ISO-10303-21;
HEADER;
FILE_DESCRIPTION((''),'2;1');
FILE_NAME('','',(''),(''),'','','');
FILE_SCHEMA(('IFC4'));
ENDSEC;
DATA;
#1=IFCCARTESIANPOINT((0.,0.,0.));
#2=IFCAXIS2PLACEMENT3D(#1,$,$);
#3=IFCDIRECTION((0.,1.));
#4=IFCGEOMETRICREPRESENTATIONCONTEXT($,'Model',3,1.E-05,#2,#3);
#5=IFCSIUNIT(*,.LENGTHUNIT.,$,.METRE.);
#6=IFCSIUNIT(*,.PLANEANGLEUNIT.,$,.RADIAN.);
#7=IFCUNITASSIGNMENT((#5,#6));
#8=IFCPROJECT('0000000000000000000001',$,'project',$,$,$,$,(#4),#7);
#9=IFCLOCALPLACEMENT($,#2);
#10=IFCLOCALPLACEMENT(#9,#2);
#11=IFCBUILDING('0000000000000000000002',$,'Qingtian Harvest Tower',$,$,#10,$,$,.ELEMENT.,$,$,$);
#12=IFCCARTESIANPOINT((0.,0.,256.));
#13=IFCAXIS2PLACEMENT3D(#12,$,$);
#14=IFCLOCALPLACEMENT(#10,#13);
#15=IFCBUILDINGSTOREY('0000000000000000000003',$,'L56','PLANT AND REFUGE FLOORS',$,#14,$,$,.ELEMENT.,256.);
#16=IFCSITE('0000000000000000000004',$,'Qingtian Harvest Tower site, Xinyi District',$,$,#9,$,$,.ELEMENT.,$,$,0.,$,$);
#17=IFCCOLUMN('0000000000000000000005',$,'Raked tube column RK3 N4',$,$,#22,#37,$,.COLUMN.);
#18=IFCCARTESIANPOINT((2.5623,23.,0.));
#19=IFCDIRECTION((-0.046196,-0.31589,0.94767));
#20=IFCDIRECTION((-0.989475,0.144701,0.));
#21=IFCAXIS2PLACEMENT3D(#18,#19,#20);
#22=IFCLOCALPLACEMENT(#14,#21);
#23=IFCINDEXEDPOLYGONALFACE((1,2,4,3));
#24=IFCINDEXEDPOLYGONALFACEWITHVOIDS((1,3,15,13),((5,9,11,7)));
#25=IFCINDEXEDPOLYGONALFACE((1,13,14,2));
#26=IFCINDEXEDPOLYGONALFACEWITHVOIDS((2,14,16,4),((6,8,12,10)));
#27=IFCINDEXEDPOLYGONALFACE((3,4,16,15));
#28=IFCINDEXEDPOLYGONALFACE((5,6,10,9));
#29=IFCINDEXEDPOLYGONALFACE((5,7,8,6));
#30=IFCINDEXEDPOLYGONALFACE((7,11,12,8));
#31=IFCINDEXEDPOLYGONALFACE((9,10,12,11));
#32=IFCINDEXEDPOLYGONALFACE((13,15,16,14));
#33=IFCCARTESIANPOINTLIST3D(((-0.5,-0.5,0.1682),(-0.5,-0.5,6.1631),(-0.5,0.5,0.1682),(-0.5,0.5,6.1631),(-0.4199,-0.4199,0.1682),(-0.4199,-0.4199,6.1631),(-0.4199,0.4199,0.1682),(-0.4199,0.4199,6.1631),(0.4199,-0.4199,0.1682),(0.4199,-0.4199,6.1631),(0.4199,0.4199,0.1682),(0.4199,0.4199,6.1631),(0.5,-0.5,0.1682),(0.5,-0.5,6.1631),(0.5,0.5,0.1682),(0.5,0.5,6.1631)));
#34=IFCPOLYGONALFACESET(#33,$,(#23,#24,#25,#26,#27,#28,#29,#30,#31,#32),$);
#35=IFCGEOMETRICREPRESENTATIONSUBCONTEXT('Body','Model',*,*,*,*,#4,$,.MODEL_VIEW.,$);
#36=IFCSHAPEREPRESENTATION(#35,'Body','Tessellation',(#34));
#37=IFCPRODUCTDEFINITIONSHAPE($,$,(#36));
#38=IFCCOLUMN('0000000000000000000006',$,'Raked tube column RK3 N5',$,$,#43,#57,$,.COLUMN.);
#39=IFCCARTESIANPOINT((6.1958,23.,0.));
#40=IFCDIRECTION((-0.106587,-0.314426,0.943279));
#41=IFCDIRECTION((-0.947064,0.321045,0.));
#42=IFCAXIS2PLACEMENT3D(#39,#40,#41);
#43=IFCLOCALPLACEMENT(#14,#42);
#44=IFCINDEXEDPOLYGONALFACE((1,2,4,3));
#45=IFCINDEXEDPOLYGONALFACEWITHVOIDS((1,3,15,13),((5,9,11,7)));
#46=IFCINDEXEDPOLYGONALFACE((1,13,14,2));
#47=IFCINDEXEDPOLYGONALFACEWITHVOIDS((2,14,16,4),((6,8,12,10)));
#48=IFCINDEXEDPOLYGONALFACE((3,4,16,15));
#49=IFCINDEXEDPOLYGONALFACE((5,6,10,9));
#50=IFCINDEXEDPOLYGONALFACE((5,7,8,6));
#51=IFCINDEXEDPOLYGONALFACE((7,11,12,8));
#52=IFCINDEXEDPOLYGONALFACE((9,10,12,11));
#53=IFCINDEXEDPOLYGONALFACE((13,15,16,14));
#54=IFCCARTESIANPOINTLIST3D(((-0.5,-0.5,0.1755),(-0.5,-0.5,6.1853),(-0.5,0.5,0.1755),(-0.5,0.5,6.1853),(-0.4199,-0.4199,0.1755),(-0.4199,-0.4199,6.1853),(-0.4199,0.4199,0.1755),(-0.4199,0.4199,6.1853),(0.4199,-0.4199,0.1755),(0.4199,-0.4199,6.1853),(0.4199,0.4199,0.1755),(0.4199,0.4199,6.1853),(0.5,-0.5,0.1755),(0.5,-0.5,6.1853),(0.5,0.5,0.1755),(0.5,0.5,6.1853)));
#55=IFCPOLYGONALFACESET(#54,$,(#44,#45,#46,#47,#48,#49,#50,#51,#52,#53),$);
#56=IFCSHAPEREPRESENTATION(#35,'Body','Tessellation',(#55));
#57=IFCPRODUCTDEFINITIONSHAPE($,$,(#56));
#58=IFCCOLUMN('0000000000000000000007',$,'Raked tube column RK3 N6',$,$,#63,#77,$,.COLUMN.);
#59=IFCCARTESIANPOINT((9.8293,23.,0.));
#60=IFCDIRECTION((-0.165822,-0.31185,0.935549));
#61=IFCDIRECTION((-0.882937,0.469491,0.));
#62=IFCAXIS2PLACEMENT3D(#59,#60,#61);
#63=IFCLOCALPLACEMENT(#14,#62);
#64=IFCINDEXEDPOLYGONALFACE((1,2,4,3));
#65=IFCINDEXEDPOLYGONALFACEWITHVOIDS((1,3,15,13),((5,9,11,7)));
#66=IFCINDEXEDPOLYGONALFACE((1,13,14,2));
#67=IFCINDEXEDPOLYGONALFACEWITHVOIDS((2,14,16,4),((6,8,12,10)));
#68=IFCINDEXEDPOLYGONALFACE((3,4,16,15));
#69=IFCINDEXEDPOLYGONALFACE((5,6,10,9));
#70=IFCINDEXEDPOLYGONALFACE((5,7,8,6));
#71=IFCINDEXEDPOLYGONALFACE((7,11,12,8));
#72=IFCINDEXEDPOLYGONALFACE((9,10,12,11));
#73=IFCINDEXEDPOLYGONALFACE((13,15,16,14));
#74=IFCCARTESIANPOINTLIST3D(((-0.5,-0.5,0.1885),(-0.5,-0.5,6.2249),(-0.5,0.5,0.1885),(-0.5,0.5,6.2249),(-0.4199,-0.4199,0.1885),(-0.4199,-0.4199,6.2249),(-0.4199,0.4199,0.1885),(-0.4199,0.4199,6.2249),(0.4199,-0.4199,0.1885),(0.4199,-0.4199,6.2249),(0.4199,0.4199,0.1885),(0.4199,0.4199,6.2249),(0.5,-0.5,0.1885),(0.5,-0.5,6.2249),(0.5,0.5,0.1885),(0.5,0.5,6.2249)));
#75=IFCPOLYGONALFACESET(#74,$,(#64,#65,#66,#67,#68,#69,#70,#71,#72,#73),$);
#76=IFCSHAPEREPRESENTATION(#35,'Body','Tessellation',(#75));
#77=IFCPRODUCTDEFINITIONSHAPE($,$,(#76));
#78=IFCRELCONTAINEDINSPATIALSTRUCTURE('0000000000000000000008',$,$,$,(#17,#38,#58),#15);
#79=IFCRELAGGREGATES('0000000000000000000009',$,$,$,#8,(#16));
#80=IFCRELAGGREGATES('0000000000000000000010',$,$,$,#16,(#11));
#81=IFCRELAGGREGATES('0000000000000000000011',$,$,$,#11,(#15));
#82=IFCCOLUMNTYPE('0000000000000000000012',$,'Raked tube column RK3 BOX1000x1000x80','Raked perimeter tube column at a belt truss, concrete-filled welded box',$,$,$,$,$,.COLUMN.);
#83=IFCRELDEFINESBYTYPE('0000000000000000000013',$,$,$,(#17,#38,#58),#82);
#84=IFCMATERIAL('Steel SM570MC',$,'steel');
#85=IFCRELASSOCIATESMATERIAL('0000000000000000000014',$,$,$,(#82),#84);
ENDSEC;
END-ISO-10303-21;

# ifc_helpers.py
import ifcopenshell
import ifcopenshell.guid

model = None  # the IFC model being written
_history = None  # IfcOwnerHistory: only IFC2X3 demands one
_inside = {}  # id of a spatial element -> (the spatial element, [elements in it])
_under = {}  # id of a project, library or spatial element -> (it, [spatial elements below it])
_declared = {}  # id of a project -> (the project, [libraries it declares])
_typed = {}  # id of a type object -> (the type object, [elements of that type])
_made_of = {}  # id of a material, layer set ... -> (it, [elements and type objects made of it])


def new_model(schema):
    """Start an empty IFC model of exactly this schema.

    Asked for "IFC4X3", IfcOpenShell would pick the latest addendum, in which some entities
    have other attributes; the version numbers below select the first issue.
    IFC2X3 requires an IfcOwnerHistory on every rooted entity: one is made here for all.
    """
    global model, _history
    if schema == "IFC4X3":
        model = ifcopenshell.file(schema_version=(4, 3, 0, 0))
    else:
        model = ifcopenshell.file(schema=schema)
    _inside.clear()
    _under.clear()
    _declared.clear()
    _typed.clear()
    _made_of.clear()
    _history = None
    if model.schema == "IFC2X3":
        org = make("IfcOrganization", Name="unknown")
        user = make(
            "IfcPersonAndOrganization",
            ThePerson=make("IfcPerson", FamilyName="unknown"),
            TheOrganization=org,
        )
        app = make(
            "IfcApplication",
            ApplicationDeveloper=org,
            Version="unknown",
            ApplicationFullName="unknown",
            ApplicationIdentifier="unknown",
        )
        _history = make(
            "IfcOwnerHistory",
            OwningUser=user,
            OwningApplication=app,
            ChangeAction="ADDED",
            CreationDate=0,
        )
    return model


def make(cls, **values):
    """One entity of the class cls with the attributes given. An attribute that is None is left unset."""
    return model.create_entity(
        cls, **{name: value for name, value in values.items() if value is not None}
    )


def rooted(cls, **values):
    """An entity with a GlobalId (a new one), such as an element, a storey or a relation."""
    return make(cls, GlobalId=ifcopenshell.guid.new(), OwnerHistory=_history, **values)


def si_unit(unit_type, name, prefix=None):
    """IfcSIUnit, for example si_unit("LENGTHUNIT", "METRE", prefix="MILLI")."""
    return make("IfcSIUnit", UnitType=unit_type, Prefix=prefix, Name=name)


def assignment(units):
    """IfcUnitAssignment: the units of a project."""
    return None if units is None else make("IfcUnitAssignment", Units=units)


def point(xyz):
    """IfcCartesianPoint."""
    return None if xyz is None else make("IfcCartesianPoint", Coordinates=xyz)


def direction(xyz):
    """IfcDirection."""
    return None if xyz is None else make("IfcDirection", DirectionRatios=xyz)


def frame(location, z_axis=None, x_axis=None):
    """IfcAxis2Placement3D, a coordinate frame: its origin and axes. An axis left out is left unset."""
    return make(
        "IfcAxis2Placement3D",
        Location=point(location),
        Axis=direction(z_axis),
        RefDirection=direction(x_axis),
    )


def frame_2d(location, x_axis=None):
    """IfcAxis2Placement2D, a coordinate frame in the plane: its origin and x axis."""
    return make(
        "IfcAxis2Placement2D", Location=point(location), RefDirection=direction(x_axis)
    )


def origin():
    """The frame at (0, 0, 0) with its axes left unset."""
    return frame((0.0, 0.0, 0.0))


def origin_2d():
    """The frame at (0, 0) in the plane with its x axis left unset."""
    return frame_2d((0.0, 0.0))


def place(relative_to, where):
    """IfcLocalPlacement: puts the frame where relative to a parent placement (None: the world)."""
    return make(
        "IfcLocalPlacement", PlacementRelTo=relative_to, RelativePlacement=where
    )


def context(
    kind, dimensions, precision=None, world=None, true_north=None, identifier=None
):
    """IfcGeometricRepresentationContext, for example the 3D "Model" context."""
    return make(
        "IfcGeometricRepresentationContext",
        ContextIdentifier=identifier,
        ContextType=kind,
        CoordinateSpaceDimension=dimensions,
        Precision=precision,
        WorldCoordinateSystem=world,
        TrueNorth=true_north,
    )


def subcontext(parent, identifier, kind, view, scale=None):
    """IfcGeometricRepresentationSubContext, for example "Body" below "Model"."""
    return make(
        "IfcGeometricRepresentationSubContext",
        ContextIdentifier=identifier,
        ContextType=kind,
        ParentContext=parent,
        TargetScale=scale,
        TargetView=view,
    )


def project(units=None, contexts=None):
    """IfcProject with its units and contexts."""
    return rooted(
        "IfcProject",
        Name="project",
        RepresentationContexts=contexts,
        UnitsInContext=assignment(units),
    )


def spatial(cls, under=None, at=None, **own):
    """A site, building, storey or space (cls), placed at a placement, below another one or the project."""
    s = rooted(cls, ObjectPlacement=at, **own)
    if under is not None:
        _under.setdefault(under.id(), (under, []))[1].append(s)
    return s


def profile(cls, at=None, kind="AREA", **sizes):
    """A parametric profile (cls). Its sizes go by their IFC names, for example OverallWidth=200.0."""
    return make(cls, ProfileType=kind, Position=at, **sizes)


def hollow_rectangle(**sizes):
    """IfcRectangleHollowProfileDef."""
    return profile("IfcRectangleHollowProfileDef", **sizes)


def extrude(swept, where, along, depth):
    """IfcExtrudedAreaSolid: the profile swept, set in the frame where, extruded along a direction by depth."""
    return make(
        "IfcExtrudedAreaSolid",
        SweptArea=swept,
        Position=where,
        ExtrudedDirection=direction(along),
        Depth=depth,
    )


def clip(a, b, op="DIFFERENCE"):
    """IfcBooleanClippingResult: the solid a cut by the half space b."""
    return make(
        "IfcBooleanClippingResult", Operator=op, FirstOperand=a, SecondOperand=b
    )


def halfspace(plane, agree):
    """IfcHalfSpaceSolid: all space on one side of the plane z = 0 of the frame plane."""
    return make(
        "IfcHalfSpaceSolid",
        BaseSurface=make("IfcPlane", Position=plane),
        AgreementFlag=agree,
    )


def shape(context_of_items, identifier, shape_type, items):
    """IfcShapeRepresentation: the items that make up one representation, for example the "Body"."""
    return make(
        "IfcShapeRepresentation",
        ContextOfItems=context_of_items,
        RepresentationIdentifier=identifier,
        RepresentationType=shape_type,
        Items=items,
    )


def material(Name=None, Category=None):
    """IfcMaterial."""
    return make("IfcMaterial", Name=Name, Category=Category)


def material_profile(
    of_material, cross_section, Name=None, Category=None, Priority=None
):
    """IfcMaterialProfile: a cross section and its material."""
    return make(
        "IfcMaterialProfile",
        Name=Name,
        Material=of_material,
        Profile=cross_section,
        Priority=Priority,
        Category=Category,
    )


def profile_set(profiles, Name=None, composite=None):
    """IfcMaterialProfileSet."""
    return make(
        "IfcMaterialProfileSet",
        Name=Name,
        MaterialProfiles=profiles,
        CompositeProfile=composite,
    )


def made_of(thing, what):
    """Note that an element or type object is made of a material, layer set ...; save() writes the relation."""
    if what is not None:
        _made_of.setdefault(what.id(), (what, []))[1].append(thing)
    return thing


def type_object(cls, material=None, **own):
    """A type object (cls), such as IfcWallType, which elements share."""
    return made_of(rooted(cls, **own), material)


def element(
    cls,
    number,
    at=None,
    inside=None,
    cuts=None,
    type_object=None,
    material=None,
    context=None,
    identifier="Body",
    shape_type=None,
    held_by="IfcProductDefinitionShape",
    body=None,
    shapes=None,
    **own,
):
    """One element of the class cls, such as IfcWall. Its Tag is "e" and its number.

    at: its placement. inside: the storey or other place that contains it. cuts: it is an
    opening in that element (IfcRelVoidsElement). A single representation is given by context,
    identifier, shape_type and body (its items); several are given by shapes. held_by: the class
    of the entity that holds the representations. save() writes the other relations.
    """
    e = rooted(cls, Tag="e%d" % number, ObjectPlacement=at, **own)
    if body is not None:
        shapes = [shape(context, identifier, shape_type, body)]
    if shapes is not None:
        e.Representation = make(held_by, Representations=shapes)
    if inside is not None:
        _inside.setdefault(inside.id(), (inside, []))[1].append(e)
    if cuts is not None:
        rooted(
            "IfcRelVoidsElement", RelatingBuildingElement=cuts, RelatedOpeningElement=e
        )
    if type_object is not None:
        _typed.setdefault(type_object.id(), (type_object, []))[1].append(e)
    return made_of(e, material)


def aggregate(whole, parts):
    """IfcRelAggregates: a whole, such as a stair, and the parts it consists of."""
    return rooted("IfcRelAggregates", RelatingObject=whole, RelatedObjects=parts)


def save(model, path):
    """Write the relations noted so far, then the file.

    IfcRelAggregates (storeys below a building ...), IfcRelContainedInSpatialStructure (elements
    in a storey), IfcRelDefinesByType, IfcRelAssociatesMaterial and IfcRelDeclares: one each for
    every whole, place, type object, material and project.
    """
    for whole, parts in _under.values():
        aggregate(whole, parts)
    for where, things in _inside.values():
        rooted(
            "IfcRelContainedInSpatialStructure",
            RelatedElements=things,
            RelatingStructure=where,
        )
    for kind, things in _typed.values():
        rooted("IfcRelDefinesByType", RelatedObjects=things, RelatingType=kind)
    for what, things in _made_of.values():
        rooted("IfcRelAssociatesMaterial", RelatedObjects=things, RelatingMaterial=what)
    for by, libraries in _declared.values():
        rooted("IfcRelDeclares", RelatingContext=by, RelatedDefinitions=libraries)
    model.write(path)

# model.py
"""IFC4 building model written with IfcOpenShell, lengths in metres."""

from ifc_helpers import new_model, si_unit, direction, frame, origin, origin_2d, place, context, subcontext, project, spatial, hollow_rectangle, extrude, clip, halfspace, material, material_profile, profile_set, type_object, element, save


model = new_model("IFC4")

# Units and contexts
model_context = context("Model", 3, precision=1e-05, world=origin(), true_north=direction((0.0, 1.0)))
body_context = subcontext(model_context, "Body", "Model", "MODEL_VIEW")
ifc_project = project(units=[si_unit("LENGTHUNIT", "METRE"), si_unit("PLANEANGLEUNIT", "RADIAN")], contexts=[model_context])

# Site, building, storey
site_placement = place(None, origin())
site = spatial("IfcSite", under=ifc_project, at=site_placement, Name="Qingtian Harvest Tower site, Xinyi District", CompositionType="ELEMENT", RefElevation=0.0)
building_placement = place(site_placement, origin())
building = spatial("IfcBuilding", under=site, at=building_placement, Name="Qingtian Harvest Tower", CompositionType="ELEMENT")
storey_placement = place(building_placement, frame((0.0, 0.0, 256.0)))
storey = spatial("IfcBuildingStorey", under=building, at=storey_placement, Name="L56", Description="PLANT AND REFUGE FLOORS", CompositionType="ELEMENT", Elevation=256.0)

# Columns
ifc_material_1 = material(Name="Steel SM570MC", Category="steel")
ifc_material_profile_1 = material_profile(ifc_material_1, hollow_rectangle(XDim=1.0, YDim=1.0, WallThickness=0.0801, at=origin_2d()), Name="BOX1000x1000x80")
ifc_profile_set_1 = profile_set([ifc_material_profile_1], Name="Steel SM570MC")
column_type = type_object("IfcColumnType", Name="Raked tube column RK3 BOX1000x1000x80", Description="Raked perimeter tube column at a belt truss, concrete-filled welded box", PredefinedType="COLUMN", material=ifc_profile_set_1)
column_1_placement = place(storey_placement, frame((2.5623, 23.0, 0.0), z_axis=(-0.046196, -0.31589, 0.94767), x_axis=(-0.989475, 0.144701, 0.0)))
element("IfcColumn", 1, at=column_1_placement, inside=storey, type_object=column_type, Name="Raked tube column RK3 N4", PredefinedType="COLUMN", context=body_context, shape_type="Clipping", body=[
    clip(clip(extrude(hollow_rectangle(XDim=1.0, YDim=1.0, WallThickness=0.0801, at=origin_2d()), origin(), (0.0, 0.0, 1.0), 6.3313), halfspace(frame((0.0, 0.0, 0.1682), z_axis=(0.0, 0.0, -1.0), x_axis=(0.0, -1.0, 0.0)), False)), halfspace(frame((0.0, 0.0, 6.1631), z_axis=(0.0, 0.0, 1.0), x_axis=(0.0, 1.0, 0.0)), False)),
])
column_2_placement = place(storey_placement, frame((6.1958, 23.0, 0.0), z_axis=(-0.106587, -0.314426, 0.943279), x_axis=(-0.947064, 0.321045, 0.0)))
element("IfcColumn", 2, at=column_2_placement, inside=storey, type_object=column_type, Name="Raked tube column RK3 N5", PredefinedType="COLUMN", context=body_context, shape_type="Clipping", body=[
    clip(clip(extrude(hollow_rectangle(XDim=1.0, YDim=1.0, WallThickness=0.0801, at=origin_2d()), origin(), (0.0, 0.0, 1.0), 6.3608), halfspace(frame((0.0, 0.0, 0.1755), z_axis=(0.0, 0.0, -1.0), x_axis=(0.0, -1.0, 0.0)), False)), halfspace(frame((0.0, 0.0, 6.1853), z_axis=(0.0, 0.0, 1.0), x_axis=(0.0, 1.0, 0.0)), False)),
])
column_3_placement = place(storey_placement, frame((9.8293, 23.0, 0.0), z_axis=(-0.165822, -0.31185, 0.935549), x_axis=(-0.882937, 0.469491, 0.0)))
element("IfcColumn", 3, at=column_3_placement, inside=storey, type_object=column_type, Name="Raked tube column RK3 N6", PredefinedType="COLUMN", context=body_context, shape_type="Clipping", body=[
    clip(clip(extrude(hollow_rectangle(XDim=1.0, YDim=1.0, WallThickness=0.0801, at=origin_2d()), origin(), (0.0, 0.0, 1.0), 6.4133), halfspace(frame((0.0, 0.0, 0.1885), z_axis=(0.0, 0.0, -1.0), x_axis=(0.0, -1.0, 0.0)), False)), halfspace(frame((0.0, 0.0, 6.2249), z_axis=(0.0, 0.0, 1.0), x_axis=(0.0, 1.0, 0.0)), False)),
])

save(model, "model.ifc")
